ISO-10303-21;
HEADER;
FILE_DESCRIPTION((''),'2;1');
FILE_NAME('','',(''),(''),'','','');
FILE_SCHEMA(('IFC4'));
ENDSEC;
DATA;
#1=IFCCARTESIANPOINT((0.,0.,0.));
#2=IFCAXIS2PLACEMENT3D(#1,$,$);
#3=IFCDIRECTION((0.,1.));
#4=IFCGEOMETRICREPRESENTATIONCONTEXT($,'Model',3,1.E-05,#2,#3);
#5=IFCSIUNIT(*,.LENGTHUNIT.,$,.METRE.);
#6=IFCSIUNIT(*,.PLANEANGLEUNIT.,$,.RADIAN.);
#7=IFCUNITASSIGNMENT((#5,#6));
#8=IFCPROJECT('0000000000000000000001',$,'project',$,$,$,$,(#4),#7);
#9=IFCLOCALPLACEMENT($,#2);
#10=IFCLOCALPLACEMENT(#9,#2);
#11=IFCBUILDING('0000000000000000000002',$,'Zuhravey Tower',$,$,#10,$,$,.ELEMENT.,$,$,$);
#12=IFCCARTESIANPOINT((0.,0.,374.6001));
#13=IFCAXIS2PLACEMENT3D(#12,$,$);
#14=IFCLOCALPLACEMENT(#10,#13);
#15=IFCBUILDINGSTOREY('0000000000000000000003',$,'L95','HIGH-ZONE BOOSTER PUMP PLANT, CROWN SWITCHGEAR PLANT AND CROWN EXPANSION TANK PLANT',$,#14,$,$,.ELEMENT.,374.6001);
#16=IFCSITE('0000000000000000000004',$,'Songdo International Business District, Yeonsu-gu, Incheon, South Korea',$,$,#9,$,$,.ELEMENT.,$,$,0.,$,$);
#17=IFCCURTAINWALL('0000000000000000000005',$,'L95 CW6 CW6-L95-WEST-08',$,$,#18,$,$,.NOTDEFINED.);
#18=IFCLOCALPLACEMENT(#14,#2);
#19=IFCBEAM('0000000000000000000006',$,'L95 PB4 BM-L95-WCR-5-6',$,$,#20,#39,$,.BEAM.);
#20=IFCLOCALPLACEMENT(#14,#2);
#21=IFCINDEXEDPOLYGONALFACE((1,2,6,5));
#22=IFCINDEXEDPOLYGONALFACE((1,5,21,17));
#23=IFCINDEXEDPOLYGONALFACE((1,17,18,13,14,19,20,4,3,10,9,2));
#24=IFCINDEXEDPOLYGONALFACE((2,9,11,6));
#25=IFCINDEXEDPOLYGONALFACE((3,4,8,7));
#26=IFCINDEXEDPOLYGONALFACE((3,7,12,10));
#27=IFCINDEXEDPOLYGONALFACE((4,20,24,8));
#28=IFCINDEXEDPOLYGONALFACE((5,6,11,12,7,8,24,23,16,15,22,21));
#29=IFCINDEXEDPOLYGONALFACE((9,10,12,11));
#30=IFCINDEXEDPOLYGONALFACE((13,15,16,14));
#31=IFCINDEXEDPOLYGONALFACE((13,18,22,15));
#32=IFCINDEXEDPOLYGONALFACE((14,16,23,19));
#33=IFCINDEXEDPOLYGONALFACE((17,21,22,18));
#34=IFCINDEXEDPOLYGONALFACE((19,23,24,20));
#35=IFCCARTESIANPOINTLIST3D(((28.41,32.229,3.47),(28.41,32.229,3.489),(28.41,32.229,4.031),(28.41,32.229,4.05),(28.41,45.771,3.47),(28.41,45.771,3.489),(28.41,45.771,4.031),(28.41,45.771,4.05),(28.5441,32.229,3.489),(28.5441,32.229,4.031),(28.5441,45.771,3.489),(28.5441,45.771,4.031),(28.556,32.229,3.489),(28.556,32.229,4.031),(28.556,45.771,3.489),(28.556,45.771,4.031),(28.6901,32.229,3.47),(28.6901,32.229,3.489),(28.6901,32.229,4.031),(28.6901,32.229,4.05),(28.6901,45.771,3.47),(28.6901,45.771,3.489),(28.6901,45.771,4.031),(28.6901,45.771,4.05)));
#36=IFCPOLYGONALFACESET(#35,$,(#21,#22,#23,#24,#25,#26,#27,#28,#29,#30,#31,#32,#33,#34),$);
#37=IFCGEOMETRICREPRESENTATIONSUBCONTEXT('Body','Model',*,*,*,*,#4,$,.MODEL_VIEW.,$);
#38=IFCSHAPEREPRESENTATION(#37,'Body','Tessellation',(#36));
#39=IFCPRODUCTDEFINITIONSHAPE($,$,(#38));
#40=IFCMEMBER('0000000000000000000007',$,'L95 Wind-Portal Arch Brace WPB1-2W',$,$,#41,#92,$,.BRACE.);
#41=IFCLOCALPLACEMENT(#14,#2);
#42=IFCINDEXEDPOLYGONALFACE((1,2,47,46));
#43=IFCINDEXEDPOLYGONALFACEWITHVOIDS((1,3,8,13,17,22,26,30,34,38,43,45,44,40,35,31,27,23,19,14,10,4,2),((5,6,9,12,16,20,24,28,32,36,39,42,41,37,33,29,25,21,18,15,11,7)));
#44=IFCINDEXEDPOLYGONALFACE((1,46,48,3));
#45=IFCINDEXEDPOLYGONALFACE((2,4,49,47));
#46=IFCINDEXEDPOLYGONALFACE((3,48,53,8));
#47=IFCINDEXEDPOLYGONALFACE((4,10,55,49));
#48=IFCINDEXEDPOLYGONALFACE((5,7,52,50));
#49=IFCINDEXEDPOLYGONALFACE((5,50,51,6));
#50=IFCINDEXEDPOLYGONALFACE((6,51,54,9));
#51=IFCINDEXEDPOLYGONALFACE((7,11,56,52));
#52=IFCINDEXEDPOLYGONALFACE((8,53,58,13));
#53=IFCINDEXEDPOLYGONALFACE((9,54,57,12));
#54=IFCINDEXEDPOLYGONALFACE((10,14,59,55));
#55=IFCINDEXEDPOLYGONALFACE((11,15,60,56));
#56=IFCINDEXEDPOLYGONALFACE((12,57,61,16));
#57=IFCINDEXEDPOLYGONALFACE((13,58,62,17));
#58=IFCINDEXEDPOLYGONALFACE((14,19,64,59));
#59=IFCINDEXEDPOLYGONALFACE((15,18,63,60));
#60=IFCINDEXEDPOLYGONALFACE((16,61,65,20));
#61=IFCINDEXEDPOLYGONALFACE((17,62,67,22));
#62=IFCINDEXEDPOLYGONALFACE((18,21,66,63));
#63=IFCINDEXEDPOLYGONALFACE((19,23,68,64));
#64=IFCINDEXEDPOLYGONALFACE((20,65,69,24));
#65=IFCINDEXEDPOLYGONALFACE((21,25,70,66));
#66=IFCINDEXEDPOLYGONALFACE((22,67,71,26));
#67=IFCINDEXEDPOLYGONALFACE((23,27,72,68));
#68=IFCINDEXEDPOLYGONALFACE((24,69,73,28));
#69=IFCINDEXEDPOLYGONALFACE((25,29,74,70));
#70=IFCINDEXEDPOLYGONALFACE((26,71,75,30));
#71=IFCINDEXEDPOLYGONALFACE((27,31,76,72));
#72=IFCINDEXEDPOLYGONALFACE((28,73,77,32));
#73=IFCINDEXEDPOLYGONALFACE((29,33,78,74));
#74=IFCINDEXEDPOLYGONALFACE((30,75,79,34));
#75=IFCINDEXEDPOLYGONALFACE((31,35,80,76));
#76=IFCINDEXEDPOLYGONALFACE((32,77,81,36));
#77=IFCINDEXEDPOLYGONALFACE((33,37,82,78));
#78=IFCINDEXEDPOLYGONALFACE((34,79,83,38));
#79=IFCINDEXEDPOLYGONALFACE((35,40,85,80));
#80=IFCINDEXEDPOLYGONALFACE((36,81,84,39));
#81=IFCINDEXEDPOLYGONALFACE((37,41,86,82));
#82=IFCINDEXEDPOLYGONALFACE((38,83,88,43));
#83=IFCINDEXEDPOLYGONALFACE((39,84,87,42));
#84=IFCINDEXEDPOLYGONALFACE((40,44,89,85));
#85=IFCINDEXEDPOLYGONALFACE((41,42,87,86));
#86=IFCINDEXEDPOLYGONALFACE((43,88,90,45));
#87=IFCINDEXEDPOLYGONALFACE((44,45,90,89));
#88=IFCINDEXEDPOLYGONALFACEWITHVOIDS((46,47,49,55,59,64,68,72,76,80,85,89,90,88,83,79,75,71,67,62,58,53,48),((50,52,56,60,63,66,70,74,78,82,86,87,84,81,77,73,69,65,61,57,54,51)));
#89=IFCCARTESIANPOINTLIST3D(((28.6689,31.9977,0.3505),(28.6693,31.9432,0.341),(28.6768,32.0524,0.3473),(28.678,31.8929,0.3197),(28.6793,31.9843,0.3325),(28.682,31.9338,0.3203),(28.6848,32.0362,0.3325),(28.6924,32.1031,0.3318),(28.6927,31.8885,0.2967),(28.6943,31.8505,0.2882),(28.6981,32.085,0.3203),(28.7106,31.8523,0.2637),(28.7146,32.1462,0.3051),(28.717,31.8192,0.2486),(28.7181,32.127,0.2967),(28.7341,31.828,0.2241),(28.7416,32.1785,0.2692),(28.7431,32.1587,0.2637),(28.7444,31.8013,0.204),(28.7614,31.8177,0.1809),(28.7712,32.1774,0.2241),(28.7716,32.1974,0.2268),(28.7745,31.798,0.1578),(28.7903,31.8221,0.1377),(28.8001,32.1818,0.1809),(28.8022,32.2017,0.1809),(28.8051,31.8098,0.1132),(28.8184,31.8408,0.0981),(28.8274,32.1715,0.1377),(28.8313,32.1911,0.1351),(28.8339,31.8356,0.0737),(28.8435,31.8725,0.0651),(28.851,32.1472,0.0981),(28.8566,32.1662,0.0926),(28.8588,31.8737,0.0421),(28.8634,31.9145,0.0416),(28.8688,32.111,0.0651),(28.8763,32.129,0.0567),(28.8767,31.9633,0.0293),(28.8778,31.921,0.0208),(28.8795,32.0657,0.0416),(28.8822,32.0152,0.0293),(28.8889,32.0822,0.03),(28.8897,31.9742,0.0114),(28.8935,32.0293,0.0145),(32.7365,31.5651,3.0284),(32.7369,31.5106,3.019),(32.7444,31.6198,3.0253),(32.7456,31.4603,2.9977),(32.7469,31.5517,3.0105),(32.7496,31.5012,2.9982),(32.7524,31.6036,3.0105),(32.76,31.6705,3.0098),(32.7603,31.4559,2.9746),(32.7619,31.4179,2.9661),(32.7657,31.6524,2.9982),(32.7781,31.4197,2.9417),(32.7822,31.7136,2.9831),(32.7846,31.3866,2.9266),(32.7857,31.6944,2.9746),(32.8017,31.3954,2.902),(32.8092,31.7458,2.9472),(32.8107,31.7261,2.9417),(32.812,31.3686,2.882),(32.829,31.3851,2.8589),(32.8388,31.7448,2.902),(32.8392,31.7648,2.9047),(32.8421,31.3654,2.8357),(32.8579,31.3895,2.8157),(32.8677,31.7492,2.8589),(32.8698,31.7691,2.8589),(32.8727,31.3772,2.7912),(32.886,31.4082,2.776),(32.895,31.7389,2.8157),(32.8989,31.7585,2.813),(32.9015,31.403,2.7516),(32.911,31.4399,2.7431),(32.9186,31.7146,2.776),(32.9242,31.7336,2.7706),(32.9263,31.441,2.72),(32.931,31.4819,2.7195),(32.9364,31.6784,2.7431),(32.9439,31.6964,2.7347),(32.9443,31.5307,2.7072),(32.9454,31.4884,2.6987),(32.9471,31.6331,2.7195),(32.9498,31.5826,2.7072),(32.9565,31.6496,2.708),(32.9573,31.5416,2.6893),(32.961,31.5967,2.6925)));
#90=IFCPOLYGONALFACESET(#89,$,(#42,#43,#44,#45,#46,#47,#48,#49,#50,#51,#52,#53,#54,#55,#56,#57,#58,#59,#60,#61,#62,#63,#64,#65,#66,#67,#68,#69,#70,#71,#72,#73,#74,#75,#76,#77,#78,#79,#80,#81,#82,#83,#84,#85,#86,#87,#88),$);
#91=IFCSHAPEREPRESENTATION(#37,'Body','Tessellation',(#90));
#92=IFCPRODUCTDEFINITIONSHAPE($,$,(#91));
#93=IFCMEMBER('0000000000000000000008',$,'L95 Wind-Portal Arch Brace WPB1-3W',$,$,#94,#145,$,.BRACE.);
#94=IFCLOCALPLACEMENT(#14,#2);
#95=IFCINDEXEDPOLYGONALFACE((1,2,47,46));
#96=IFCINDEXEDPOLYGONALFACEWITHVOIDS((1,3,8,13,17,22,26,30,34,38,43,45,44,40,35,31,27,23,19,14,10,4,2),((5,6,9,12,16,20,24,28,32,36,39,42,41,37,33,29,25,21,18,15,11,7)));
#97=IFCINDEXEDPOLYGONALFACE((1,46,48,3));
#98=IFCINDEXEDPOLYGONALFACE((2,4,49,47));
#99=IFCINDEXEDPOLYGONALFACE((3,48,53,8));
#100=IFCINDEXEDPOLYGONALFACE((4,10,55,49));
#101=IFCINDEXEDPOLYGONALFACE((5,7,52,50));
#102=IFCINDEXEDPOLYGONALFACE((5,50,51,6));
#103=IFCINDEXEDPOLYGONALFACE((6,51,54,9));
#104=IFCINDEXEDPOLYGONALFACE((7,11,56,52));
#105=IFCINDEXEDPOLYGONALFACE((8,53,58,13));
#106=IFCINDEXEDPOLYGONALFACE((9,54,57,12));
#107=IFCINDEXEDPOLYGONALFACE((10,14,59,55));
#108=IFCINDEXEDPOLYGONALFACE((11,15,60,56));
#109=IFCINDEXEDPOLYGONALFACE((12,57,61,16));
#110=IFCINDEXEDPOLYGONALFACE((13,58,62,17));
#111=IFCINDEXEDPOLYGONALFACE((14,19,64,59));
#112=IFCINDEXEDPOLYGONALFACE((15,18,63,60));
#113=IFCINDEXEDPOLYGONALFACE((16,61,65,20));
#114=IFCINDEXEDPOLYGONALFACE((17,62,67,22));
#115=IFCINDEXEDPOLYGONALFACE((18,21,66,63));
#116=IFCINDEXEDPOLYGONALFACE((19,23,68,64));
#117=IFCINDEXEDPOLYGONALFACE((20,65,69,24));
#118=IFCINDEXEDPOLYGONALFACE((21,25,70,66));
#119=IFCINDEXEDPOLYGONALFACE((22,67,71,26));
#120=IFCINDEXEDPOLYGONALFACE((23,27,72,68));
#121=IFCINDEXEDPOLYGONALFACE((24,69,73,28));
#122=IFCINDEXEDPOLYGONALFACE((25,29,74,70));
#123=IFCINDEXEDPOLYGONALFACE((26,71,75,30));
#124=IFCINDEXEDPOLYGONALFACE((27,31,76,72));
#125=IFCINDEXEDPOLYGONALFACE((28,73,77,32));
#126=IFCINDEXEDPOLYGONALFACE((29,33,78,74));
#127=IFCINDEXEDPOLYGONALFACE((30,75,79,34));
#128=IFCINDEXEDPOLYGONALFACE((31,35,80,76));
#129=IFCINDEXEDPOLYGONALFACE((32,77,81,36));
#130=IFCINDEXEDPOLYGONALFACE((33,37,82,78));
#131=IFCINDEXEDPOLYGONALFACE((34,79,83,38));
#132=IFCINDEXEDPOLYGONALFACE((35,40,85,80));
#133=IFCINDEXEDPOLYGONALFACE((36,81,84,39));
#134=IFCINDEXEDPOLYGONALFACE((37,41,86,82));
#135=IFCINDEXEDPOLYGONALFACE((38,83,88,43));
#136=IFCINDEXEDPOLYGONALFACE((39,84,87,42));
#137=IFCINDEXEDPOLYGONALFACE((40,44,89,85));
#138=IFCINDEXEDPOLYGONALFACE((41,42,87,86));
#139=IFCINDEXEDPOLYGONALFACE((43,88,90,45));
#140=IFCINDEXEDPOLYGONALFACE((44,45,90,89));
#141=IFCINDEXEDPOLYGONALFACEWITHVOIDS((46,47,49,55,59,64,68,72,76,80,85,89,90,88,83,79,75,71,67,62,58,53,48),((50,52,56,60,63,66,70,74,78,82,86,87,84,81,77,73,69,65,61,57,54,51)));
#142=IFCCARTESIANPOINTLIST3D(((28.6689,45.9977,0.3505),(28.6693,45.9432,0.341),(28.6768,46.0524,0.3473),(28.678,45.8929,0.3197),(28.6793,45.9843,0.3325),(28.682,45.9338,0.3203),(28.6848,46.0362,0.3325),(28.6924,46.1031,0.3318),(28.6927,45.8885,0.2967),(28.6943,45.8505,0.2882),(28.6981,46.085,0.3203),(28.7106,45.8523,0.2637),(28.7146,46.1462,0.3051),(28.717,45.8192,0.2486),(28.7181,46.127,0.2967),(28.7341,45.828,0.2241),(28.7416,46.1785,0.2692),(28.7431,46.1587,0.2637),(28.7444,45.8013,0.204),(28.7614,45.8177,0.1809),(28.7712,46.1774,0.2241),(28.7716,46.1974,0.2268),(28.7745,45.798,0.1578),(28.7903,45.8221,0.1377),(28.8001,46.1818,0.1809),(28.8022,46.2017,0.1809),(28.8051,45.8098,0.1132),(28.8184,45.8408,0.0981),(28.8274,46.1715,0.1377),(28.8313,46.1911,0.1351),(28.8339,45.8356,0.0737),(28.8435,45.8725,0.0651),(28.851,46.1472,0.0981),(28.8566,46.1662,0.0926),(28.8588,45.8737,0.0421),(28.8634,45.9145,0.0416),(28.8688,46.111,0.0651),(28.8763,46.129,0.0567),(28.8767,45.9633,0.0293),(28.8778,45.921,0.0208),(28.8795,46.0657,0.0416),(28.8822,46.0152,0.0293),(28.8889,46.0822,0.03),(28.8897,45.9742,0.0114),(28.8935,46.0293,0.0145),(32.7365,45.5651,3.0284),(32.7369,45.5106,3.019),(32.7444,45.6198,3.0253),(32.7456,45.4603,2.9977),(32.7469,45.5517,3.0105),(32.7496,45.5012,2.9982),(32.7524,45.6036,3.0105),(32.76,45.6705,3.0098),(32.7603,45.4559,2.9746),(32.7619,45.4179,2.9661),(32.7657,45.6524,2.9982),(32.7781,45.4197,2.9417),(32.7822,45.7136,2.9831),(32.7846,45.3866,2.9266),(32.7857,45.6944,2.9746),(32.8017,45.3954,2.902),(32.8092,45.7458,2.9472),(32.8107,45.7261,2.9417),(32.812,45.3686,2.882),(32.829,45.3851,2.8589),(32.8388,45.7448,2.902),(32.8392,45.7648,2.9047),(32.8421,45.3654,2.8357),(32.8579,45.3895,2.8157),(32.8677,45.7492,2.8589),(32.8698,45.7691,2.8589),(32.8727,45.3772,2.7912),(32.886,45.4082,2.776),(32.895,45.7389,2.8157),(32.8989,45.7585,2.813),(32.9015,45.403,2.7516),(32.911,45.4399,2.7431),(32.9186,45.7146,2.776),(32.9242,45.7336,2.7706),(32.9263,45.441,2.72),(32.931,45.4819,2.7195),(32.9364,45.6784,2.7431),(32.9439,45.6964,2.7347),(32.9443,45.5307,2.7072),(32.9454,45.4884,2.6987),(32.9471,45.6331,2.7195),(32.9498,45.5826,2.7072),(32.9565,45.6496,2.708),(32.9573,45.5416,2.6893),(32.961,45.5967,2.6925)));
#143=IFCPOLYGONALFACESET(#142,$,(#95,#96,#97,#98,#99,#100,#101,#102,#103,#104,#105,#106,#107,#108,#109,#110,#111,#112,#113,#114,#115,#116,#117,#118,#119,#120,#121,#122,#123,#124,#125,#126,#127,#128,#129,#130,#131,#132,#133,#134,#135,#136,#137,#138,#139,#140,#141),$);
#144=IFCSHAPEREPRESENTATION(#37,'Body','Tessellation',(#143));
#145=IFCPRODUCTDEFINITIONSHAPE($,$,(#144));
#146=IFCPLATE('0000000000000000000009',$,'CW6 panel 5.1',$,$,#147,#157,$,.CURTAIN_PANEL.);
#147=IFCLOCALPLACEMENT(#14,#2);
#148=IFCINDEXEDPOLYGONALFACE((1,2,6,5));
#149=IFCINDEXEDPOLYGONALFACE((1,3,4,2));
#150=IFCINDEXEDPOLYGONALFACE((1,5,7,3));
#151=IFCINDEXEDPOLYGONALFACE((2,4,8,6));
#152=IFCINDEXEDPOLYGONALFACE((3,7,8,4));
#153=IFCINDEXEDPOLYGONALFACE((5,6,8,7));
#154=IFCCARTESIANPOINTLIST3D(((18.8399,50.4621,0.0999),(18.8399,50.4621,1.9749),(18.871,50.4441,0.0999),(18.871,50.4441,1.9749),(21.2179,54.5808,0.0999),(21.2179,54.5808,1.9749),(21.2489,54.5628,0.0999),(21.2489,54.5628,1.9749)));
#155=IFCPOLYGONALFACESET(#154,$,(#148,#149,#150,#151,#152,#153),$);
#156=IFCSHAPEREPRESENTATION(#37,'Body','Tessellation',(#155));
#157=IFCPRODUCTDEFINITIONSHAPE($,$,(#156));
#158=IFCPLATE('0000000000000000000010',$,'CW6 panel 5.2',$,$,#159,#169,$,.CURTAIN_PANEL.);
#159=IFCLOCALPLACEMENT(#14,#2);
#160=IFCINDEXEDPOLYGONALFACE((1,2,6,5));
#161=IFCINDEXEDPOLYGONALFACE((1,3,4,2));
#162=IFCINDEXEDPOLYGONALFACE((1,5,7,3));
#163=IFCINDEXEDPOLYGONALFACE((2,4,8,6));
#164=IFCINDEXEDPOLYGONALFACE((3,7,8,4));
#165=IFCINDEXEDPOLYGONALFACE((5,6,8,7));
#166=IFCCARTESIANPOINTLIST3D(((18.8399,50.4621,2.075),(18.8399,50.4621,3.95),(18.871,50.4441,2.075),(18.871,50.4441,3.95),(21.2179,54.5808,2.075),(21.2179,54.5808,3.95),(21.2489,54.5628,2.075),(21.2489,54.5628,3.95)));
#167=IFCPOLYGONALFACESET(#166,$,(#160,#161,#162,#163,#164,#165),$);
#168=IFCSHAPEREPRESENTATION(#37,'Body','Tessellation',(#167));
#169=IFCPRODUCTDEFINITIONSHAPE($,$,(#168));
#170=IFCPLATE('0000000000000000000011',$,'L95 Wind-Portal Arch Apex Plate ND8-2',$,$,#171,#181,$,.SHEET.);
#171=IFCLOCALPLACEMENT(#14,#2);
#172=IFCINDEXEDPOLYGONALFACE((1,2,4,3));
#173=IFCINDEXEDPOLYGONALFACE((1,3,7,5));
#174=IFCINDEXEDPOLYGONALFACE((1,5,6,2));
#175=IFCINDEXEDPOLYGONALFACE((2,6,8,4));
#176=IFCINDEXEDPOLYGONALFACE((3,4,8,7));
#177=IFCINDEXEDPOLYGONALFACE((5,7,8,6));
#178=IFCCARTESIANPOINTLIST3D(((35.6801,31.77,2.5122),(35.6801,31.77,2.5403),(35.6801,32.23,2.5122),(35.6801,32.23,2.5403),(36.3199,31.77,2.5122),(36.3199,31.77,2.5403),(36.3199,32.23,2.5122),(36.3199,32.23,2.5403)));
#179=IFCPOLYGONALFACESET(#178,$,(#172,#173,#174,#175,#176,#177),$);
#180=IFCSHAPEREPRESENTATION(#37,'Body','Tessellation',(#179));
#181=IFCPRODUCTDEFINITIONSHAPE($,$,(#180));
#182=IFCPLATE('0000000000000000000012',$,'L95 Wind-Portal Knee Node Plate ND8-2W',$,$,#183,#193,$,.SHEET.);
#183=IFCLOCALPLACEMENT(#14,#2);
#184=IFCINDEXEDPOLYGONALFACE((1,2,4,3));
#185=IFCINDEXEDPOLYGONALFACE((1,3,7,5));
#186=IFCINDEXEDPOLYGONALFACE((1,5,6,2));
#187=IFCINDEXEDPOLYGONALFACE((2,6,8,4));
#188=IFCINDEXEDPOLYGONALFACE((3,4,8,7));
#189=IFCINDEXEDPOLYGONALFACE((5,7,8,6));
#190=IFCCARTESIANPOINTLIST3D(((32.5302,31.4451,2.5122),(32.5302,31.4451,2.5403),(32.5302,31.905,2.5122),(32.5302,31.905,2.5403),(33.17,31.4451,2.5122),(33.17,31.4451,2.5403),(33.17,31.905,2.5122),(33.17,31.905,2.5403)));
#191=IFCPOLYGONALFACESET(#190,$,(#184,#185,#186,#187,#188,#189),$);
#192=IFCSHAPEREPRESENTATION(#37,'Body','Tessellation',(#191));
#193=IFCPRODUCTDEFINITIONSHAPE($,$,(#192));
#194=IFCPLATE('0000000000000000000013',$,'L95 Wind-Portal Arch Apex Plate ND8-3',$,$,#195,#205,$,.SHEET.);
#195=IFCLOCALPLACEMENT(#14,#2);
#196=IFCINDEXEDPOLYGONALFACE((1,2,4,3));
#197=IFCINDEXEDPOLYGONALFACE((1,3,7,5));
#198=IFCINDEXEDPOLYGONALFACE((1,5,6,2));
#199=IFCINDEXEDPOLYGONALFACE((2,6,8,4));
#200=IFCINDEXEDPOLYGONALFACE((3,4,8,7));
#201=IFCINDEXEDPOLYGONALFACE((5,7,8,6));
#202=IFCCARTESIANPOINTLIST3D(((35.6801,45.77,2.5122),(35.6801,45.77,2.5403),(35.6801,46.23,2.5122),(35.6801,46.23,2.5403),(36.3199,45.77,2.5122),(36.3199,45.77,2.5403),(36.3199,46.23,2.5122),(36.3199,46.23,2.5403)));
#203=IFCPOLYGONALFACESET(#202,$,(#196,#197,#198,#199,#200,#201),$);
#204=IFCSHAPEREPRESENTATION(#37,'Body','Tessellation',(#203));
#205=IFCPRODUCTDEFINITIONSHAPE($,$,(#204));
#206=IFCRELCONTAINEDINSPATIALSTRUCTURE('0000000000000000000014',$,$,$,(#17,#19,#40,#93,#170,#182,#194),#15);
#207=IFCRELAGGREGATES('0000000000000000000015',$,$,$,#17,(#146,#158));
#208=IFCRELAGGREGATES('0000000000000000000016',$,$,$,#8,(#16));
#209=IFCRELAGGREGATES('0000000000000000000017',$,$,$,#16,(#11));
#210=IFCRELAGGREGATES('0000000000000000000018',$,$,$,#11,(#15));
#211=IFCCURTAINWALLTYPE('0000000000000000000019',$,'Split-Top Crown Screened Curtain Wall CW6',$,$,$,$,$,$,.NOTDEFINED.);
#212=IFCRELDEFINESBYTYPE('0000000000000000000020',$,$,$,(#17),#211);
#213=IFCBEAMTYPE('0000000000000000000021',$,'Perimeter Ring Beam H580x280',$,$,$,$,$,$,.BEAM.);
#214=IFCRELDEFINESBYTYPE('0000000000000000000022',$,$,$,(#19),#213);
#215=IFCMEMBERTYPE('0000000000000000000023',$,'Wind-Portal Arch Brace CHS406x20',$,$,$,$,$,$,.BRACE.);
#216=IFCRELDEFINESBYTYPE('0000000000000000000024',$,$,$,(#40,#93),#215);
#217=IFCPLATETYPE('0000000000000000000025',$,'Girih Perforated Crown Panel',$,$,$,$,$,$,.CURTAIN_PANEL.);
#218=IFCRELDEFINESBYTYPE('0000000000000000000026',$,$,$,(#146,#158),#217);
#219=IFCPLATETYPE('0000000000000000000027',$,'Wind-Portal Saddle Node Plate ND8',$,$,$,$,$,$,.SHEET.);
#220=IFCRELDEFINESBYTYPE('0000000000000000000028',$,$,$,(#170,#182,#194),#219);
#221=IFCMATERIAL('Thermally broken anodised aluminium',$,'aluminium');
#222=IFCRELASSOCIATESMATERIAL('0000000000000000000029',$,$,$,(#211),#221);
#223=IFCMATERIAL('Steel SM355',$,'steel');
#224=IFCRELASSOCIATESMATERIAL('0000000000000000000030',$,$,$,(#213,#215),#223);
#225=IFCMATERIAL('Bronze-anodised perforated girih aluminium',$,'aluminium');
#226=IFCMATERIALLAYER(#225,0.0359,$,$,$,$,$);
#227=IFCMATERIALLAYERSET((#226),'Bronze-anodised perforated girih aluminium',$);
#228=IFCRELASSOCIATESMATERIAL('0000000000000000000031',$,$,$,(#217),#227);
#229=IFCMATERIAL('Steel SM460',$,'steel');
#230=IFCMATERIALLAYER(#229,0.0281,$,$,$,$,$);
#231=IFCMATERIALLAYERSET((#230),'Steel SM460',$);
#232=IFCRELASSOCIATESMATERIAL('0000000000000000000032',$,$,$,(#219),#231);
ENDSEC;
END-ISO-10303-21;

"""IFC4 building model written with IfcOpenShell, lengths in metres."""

from ifc_helpers import new_model, si_unit, direction, frame, origin, origin_2d, place, context, subcontext, project, spatial, rectangle, hollow_circle, i_section, extrude, material, layer, layer_set, material_profile, profile_set, type_object, element, aggregate, save


model = new_model("IFC4")

# Units and contexts
model_context = context("Model", 3, precision=1e-05, world=origin(), true_north=direction((0.0, 1.0)))
body_context = subcontext(model_context, "Body", "Model", "MODEL_VIEW")
ifc_project = project(units=[si_unit("LENGTHUNIT", "METRE"), si_unit("PLANEANGLEUNIT", "RADIAN")], contexts=[model_context])

# Site, building, storey
site_placement = place(None, origin())
site = spatial("IfcSite", under=ifc_project, at=site_placement, Name="Songdo International Business District, Yeonsu-gu, Incheon, South Korea", CompositionType="ELEMENT", RefElevation=0.0)
building_placement = place(site_placement, origin())
building = spatial("IfcBuilding", under=site, at=building_placement, Name="Zuhravey Tower", CompositionType="ELEMENT")
storey_placement = place(building_placement, frame((0.0, 0.0, 374.6001)))
storey = spatial("IfcBuildingStorey", under=building, at=storey_placement, Name="L95", Description="HIGH-ZONE BOOSTER PUMP PLANT, CROWN SWITCHGEAR PLANT AND CROWN EXPANSION TANK PLANT", CompositionType="ELEMENT", Elevation=374.6001)

# Shared definitions
ifc_material_1 = material(Name="Steel SM355", Category="steel")

# Shared definitions
ifc_material_2 = material(Name="Steel SM460", Category="steel")

# Curtain wall
ifc_material_3 = material(Name="Thermally broken anodised aluminium", Category="aluminium")
curtain_wall_type = type_object("IfcCurtainWallType", Name="Split-Top Crown Screened Curtain Wall CW6", PredefinedType="NOTDEFINED", material=ifc_material_3)
curtain_wall_placement = place(storey_placement, origin())
curtain_wall = element("IfcCurtainWall", 1, at=curtain_wall_placement, inside=storey, type_object=curtain_wall_type, Name="L95 CW6 CW6-L95-WEST-08", PredefinedType="NOTDEFINED")

# Beam
ifc_material_profile_1 = material_profile(ifc_material_1, i_section(OverallWidth=0.28, OverallDepth=0.5801, WebThickness=0.012, FlangeThickness=0.019, at=origin_2d()), Name="H-580x280x12x19")
ifc_profile_set_1 = profile_set([ifc_material_profile_1], Name="Steel SM355")
beam_type_1 = type_object("IfcBeamType", Name="Perimeter Ring Beam H580x280", PredefinedType="BEAM", material=ifc_profile_set_1)
beam_1_placement = place(storey_placement, frame((28.55, 32.229, 3.76), z_axis=(0.0, 1.0, 0.0), x_axis=(-1.0, 0.0, 0.0)))
element("IfcBeam", 2, at=beam_1_placement, inside=storey, type_object=beam_type_1, Name="L95 PB4 BM-L95-WCR-5-6", PredefinedType="BEAM", context=body_context, shape_type="SweptSolid", body=[
    extrude(i_section(OverallWidth=0.28, OverallDepth=0.5801, WebThickness=0.012, FlangeThickness=0.019, at=origin_2d()), origin(), (0.0, 0.0, 1.0), 13.542),
])

# Members
ifc_material_profile_2 = material_profile(ifc_material_1, hollow_circle(Radius=0.2031, WallThickness=0.02, at=origin_2d()), Name="CHS-406.4x20")
ifc_profile_set_2 = profile_set([ifc_material_profile_2], Name="Steel SM355")
member_type_1 = type_object("IfcMemberType", Name="Wind-Portal Arch Brace CHS406x20", PredefinedType="BRACE", material=ifc_profile_set_2)
for number, where, z_axis, x_axis, name in (
    (3, (28.7808, 31.9998, 0.1809), (0.831961, -0.088484, 0.547733), (0.10576, 0.994392, 0.0), "L95 Wind-Portal Arch Brace WPB1-2W"),
    (4, (28.7808, 45.9998, 0.1809), (0.831961, -0.088484, 0.547733), (0.10576, 0.994392, 0.0), "L95 Wind-Portal Arch Brace WPB1-3W"),
):
    element("IfcMember", number, at=place(storey_placement, frame(where, z_axis=z_axis, x_axis=x_axis)), inside=storey, type_object=member_type_1, Name=name, PredefinedType="BRACE", context=body_context, shape_type="SweptSolid", body=[
        extrude(hollow_circle(Radius=0.2031, WallThickness=0.02, at=origin_2d()), origin(), (0.0, 0.0, 1.0), 4.8892),
    ])

# Plates
ifc_material_4 = material(Name="Bronze-anodised perforated girih aluminium", Category="aluminium")
ifc_layer_1 = layer(ifc_material_4, 0.0359)
ifc_layer_set_1 = layer_set([ifc_layer_1], Name="Bronze-anodised perforated girih aluminium")
plate_type_1 = type_object("IfcPlateType", Name="Girih Perforated Crown Panel", PredefinedType="CURTAIN_PANEL", material=ifc_layer_set_1)
plate_1_placement = place(storey_placement, frame((20.0444, 52.5125, 0.0999), z_axis=(0.0, 0.0, 1.0), x_axis=(0.499997, 0.866027, 0.0)))
plate_1 = element("IfcPlate", 5, at=plate_1_placement, type_object=plate_type_1, Name="CW6 panel 5.1", PredefinedType="CURTAIN_PANEL", context=body_context, shape_type="SweptSolid", body=[
    extrude(rectangle(XDim=4.7559, YDim=0.0359, at=origin_2d()), origin(), (0.0, 0.0, 1.0), 1.875),
])
plate_2_placement = place(storey_placement, frame((20.0444, 52.5125, 2.075), z_axis=(0.0, 0.0, 1.0), x_axis=(0.499997, 0.866027, 0.0)))
plate_2 = element("IfcPlate", 6, at=plate_2_placement, type_object=plate_type_1, Name="CW6 panel 5.2", PredefinedType="CURTAIN_PANEL", context=body_context, shape_type="SweptSolid", body=[
    extrude(rectangle(XDim=4.7559, YDim=0.0359, at=origin_2d()), origin(), (0.0, 0.0, 1.0), 1.875),
])
aggregate(curtain_wall, [plate_1, plate_2])

# Plates
ifc_layer_2 = layer(ifc_material_2, 0.0281)
ifc_layer_set_2 = layer_set([ifc_layer_2], Name="Steel SM460")
plate_type_2 = type_object("IfcPlateType", Name="Wind-Portal Saddle Node Plate ND8", PredefinedType="SHEET", material=ifc_layer_set_2)
for number, where, z_axis, x_axis, name in (
    (7, (36.0, 32.0, 2.5122), (0.0, 0.0, 1.0), (1.0, 0.0, 0.0), "L95 Wind-Portal Arch Apex Plate ND8-2"),
    (8, (32.8501, 31.675, 2.5122), (0.0, 0.0, 1.0), (1.0, 0.0, 0.0), "L95 Wind-Portal Knee Node Plate ND8-2W"),
    (9, (36.0, 46.0, 2.5122), (0.0, 0.0, 1.0), (1.0, 0.0, 0.0), "L95 Wind-Portal Arch Apex Plate ND8-3"),
):
    element("IfcPlate", number, at=place(storey_placement, frame(where, z_axis=z_axis, x_axis=x_axis)), inside=storey, type_object=plate_type_2, Name=name, PredefinedType="SHEET", context=body_context, shape_type="SweptSolid", body=[
        extrude(rectangle(XDim=0.6399, YDim=0.46, at=origin_2d()), origin(), (0.0, 0.0, 1.0), 0.0281),
    ])

save(model, "model.ifc")
